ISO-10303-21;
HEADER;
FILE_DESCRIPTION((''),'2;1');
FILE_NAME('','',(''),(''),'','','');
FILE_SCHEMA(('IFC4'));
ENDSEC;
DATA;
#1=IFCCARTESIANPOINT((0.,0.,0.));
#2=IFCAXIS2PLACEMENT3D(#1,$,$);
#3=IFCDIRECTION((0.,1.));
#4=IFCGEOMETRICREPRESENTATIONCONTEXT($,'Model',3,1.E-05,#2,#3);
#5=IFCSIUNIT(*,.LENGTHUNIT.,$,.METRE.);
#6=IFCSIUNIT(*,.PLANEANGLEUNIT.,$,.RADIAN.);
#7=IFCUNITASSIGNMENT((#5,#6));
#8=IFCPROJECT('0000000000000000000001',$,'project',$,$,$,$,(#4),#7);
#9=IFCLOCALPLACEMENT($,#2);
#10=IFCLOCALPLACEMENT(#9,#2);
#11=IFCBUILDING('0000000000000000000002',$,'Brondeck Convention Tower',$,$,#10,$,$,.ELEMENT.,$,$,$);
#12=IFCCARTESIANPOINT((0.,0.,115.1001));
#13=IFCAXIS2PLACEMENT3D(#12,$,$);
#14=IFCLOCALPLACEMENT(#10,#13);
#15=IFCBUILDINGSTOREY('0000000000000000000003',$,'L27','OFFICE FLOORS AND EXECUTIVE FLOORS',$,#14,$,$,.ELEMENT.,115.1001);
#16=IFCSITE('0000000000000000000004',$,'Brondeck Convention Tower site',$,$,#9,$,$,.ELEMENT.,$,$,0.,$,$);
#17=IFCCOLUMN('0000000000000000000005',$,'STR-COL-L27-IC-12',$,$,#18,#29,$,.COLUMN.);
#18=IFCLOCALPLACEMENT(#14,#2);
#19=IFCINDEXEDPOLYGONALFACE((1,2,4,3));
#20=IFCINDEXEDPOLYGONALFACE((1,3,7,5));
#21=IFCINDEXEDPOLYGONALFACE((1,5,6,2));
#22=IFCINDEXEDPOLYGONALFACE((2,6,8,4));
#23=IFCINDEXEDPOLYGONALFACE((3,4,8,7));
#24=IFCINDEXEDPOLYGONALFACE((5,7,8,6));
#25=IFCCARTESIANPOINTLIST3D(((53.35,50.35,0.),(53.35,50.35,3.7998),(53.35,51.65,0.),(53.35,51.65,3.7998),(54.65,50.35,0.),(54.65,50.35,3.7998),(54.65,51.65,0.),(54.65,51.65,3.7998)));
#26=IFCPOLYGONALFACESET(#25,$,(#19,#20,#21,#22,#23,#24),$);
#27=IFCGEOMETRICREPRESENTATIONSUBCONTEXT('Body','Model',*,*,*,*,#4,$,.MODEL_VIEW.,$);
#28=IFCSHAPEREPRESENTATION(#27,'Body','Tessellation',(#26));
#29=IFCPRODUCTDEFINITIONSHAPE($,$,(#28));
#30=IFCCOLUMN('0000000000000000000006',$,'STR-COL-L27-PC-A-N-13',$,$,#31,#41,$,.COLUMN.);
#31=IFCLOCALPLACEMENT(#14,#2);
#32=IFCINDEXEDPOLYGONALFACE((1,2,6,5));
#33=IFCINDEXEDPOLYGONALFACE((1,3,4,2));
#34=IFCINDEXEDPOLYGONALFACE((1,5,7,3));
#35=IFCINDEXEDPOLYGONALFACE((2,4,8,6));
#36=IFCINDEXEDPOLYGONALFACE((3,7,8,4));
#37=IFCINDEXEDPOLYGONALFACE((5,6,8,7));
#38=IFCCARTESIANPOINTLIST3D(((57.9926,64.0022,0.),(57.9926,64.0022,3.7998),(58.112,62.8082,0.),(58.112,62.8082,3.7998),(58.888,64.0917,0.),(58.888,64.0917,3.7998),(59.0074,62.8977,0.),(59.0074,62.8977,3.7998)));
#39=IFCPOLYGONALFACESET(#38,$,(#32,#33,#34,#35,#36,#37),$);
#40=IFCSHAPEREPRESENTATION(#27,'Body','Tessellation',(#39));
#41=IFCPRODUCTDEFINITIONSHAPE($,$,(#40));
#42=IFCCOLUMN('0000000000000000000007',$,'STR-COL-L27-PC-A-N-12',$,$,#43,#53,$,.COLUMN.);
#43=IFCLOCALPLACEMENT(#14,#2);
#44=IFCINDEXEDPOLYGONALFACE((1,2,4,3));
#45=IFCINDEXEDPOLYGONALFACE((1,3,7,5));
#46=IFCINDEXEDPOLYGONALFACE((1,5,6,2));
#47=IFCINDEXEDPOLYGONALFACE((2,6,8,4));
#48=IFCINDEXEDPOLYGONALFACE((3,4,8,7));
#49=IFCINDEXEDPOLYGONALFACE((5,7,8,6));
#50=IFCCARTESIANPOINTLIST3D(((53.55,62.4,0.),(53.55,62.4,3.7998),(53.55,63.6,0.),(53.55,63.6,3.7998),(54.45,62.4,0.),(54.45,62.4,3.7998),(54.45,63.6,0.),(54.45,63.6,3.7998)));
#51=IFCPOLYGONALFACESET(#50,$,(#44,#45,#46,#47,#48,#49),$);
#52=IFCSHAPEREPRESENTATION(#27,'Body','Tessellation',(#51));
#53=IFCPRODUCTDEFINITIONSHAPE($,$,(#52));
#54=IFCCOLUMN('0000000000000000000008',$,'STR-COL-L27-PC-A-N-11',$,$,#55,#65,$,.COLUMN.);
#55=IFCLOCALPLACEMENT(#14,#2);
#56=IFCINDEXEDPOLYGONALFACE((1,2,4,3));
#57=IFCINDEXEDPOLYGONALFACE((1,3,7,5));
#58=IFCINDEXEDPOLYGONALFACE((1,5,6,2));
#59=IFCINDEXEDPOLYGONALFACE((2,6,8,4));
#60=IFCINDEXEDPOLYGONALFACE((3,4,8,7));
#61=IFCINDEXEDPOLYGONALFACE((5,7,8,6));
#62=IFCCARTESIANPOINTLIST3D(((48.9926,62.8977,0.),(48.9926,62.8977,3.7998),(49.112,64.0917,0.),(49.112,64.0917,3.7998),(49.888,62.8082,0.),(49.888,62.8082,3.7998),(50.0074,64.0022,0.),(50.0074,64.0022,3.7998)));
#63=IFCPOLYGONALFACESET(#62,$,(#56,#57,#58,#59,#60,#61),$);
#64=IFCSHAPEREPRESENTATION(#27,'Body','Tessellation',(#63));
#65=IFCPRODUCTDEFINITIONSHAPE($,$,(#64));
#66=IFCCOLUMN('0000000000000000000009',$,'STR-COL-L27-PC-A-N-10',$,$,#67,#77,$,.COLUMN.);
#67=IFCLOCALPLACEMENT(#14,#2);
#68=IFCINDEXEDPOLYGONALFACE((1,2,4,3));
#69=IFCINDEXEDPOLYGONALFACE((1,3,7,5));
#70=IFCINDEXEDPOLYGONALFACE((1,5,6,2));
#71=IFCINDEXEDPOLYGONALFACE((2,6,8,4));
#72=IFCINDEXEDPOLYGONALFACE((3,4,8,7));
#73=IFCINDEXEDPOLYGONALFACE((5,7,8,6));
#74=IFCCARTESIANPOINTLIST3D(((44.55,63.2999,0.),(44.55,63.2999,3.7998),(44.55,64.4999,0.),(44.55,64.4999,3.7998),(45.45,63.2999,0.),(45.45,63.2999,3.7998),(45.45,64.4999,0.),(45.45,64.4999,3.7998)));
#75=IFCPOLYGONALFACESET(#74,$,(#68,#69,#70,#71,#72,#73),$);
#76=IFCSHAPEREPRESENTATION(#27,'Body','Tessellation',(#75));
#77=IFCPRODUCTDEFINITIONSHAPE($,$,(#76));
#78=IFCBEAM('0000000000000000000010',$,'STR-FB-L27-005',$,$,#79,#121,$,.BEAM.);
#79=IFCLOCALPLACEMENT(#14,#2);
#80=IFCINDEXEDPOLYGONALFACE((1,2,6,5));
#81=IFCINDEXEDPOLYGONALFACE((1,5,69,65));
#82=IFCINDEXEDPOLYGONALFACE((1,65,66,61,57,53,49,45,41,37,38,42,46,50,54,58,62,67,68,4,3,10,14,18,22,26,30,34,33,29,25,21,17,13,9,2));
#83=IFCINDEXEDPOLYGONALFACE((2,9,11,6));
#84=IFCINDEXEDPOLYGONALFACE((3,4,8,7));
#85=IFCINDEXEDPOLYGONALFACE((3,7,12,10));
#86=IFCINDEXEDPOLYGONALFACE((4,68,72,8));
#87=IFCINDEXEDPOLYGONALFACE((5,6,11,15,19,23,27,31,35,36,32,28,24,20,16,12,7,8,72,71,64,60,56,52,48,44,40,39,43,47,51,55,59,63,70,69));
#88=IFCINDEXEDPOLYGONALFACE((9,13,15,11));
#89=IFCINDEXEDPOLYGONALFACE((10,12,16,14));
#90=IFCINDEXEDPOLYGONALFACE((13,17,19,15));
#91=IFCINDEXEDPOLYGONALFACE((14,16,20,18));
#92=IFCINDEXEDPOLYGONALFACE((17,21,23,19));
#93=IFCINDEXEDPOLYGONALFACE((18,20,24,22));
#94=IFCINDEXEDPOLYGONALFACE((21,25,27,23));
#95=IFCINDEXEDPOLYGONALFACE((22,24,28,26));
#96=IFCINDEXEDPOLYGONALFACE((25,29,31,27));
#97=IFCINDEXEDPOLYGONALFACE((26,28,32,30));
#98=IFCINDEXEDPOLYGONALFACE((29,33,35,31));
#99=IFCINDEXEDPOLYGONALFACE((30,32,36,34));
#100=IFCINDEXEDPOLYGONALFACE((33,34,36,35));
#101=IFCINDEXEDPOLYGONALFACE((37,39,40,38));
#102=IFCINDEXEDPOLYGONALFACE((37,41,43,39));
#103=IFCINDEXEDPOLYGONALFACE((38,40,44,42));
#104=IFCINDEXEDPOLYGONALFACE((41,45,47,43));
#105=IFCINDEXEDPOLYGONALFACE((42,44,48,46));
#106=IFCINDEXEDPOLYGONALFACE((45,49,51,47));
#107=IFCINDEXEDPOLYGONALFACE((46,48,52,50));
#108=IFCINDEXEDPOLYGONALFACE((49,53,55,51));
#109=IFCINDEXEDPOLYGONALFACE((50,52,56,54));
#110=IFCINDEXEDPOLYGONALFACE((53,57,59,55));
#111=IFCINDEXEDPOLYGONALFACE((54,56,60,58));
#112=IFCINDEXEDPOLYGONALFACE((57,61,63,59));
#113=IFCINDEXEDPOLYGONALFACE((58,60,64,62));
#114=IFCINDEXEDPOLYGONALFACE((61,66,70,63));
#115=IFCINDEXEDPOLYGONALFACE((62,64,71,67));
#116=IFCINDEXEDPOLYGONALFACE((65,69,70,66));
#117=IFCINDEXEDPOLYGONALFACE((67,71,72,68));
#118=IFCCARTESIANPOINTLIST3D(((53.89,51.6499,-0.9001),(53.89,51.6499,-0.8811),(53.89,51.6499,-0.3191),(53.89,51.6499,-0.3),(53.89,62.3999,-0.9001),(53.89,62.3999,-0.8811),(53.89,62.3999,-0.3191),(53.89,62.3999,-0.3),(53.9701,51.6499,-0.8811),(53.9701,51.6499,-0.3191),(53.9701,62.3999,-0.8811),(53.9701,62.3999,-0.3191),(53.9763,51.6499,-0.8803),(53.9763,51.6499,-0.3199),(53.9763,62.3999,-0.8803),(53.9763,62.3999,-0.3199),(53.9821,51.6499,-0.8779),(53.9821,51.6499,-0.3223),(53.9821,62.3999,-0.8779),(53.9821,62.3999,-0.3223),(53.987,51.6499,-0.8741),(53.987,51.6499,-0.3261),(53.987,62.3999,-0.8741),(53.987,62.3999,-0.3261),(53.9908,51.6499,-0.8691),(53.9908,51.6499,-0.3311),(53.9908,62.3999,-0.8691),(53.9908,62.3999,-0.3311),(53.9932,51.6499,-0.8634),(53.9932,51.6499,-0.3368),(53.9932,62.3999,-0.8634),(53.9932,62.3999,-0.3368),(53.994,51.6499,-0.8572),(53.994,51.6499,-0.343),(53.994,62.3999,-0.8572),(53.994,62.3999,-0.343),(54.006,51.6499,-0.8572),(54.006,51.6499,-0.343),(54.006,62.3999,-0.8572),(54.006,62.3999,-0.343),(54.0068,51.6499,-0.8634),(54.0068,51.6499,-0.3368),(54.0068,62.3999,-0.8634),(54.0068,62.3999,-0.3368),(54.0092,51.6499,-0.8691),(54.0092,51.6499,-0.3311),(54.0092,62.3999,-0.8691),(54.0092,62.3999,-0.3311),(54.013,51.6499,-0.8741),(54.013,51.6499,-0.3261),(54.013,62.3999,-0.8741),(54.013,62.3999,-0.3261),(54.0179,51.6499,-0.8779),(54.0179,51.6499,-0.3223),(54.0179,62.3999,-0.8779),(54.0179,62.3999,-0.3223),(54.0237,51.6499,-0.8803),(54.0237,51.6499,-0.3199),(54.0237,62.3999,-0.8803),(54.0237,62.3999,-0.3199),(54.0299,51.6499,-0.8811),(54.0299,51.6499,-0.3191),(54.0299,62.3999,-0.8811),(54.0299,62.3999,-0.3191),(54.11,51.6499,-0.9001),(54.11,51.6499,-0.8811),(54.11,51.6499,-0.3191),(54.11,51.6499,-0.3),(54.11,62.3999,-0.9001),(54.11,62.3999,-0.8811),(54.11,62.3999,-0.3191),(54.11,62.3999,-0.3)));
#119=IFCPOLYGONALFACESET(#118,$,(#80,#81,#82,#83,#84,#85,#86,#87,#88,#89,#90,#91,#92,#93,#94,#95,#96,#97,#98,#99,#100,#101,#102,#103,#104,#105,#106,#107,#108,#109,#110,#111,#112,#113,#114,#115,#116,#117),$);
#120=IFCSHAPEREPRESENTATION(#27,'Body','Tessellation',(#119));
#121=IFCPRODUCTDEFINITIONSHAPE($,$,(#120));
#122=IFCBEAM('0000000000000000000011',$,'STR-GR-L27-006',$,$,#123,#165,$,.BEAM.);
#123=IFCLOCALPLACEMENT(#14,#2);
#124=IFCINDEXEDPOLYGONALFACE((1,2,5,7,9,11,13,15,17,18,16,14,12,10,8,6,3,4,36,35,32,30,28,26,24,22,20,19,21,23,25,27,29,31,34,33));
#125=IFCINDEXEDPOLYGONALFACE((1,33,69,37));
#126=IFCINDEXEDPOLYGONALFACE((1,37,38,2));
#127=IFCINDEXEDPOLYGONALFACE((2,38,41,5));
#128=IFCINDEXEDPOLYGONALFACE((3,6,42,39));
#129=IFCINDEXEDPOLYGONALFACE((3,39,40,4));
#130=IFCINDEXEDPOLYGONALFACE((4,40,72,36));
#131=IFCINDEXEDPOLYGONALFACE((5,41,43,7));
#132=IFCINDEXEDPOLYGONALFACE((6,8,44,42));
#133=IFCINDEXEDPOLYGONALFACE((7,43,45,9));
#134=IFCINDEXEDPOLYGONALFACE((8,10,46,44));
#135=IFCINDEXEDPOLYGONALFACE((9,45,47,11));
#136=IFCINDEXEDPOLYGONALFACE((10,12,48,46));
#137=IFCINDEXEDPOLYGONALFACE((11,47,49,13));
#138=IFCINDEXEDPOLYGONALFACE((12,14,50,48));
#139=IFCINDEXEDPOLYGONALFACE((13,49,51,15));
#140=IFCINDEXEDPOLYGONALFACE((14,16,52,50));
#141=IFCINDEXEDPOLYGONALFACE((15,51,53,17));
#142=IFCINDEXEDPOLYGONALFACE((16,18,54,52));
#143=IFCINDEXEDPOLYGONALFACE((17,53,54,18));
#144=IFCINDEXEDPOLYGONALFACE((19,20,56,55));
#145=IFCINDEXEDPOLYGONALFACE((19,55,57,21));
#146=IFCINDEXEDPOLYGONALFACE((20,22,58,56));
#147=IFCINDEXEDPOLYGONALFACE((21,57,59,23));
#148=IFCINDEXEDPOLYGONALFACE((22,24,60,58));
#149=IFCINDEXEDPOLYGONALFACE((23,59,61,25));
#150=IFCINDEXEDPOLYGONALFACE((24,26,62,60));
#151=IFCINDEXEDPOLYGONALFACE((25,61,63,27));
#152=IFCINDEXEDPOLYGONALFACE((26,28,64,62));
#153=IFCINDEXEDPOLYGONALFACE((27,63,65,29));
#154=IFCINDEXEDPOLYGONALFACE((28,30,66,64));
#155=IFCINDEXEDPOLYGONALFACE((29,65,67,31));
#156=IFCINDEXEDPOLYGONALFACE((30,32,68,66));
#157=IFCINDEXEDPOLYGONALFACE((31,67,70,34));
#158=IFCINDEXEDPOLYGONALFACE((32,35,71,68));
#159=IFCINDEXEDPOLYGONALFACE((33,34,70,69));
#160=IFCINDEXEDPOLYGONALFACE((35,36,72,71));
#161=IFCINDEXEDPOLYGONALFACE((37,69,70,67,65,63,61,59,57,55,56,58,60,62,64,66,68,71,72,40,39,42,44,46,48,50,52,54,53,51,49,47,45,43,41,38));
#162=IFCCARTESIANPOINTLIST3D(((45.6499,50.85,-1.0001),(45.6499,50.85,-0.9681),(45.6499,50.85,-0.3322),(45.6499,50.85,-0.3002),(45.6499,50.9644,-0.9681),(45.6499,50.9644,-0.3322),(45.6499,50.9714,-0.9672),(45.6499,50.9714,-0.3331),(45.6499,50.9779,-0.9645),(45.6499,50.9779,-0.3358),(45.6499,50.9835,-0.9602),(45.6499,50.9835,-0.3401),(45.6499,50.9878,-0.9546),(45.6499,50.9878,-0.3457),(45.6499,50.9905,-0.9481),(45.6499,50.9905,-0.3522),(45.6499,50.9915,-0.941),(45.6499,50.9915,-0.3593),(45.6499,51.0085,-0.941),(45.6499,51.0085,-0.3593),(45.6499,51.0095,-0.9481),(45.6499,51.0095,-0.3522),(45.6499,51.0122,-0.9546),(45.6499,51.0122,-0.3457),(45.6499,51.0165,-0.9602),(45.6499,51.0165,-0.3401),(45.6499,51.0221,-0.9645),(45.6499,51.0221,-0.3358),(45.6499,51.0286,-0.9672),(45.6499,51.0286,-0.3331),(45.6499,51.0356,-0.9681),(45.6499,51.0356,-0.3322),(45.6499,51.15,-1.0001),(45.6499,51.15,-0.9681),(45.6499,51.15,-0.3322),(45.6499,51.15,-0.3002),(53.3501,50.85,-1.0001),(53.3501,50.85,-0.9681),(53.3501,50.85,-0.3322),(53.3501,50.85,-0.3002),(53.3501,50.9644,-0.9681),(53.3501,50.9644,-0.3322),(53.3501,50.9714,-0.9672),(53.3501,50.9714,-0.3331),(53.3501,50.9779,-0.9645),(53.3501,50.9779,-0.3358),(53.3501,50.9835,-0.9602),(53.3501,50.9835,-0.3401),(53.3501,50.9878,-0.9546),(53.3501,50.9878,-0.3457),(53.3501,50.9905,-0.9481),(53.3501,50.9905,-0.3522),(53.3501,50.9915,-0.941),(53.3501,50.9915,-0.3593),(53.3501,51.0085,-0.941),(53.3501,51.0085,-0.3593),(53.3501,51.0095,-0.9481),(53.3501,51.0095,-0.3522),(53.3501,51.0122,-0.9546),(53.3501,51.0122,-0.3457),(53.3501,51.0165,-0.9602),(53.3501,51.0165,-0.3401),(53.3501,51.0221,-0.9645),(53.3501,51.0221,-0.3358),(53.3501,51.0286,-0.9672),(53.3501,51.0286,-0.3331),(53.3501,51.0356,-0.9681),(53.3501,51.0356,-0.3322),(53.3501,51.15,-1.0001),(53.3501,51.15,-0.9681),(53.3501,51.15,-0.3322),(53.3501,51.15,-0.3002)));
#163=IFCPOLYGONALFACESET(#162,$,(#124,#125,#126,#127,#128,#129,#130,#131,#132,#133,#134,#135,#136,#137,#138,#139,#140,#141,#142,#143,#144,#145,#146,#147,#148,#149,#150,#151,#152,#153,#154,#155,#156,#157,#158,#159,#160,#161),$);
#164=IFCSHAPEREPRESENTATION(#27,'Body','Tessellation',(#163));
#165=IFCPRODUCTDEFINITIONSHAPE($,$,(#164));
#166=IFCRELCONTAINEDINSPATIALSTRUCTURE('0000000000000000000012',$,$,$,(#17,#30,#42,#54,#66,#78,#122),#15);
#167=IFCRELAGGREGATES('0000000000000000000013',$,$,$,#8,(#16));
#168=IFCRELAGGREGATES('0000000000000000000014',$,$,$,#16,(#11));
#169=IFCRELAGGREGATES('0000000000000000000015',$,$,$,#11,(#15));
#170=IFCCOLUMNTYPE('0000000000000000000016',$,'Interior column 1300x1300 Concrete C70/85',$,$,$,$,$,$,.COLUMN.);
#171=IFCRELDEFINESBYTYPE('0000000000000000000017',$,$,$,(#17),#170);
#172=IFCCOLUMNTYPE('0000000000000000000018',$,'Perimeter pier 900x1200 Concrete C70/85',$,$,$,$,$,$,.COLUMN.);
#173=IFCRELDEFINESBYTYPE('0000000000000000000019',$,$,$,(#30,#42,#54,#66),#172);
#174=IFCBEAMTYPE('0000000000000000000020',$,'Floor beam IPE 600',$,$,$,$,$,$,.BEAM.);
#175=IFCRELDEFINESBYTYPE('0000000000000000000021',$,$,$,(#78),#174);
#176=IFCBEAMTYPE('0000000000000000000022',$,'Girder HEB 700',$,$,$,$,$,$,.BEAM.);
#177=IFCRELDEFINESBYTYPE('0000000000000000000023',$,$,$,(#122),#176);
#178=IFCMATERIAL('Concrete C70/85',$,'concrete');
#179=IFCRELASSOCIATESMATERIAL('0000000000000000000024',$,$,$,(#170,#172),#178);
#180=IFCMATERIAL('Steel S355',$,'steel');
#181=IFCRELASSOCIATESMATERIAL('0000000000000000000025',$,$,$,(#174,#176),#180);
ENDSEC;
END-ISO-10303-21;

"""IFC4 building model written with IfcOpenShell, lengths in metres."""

from ifc_helpers import new_model, si_unit, direction, frame, origin, origin_2d, place, context, subcontext, project, spatial, rectangle, i_section, extrude, material, material_profile, profile_set, type_object, element, save


model = new_model("IFC4")

# Units and contexts
model_context = context("Model", 3, precision=1e-05, world=origin(), true_north=direction((0.0, 1.0)))
body_context = subcontext(model_context, "Body", "Model", "MODEL_VIEW")
ifc_project = project(units=[si_unit("LENGTHUNIT", "METRE"), si_unit("PLANEANGLEUNIT", "RADIAN")], contexts=[model_context])

# Site, building, storey
site_placement = place(None, origin())
site = spatial("IfcSite", under=ifc_project, at=site_placement, Name="Brondeck Convention Tower site", CompositionType="ELEMENT", RefElevation=0.0)
building_placement = place(site_placement, origin())
building = spatial("IfcBuilding", under=site, at=building_placement, Name="Brondeck Convention Tower", CompositionType="ELEMENT")
storey_placement = place(building_placement, frame((0.0, 0.0, 115.1001)))
storey = spatial("IfcBuildingStorey", under=building, at=storey_placement, Name="L27", Description="OFFICE FLOORS AND EXECUTIVE FLOORS", CompositionType="ELEMENT", Elevation=115.1001)

# Columns
ifc_material_1 = material(Name="Concrete C70/85", Category="concrete")
ifc_material_profile_1 = material_profile(ifc_material_1, rectangle(XDim=1.3, YDim=1.3, at=origin_2d()), Name="Interior column 1300x1300 Concrete C70/85")
ifc_profile_set_1 = profile_set([ifc_material_profile_1], Name="Concrete C70/85")
column_type_1 = type_object("IfcColumnType", Name="Interior column 1300x1300 Concrete C70/85", PredefinedType="COLUMN", material=ifc_profile_set_1)
column_placement = place(storey_placement, frame((54.0, 51.0, 0.0), z_axis=(0.0, 0.0, 1.0), x_axis=(1.0, 0.0, 0.0)))
element("IfcColumn", 1, at=column_placement, inside=storey, type_object=column_type_1, Name="STR-COL-L27-IC-12", PredefinedType="COLUMN", context=body_context, shape_type="SweptSolid", body=[
    extrude(rectangle(XDim=1.3, YDim=1.3, at=origin_2d()), origin(), (0.0, 0.0, 1.0), 3.7998),
])
ifc_material_profile_2 = material_profile(ifc_material_1, rectangle(XDim=0.8999, YDim=1.2, at=origin_2d()), Name="Perimeter pier 900x1200 Concrete C70/85")
ifc_profile_set_2 = profile_set([ifc_material_profile_2], Name="Concrete C70/85")
column_type_2 = type_object("IfcColumnType", Name="Perimeter pier 900x1200 Concrete C70/85", PredefinedType="COLUMN", material=ifc_profile_set_2)
for number, where, z_axis, x_axis, name in (
    (2, (58.5, 63.45, 0.0), (0.0, 0.0, 1.0), (-0.995037, -0.099504, 0.0), "STR-COL-L27-PC-A-N-13"),
    (3, (54.0, 63.0, 0.0), (0.0, 0.0, 1.0), (-1.0, 0.0, 0.0), "STR-COL-L27-PC-A-N-12"),
    (4, (49.5, 63.45, 0.0), (0.0, 0.0, 1.0), (-0.995037, 0.099504, 0.0), "STR-COL-L27-PC-A-N-11"),
    (5, (45.0, 63.8999, 0.0), (0.0, 0.0, 1.0), (-1.0, 0.0, 0.0), "STR-COL-L27-PC-A-N-10"),
):
    element("IfcColumn", number, at=place(storey_placement, frame(where, z_axis=z_axis, x_axis=x_axis)), inside=storey, type_object=column_type_2, Name=name, PredefinedType="COLUMN", context=body_context, shape_type="SweptSolid", body=[
        extrude(rectangle(XDim=0.8999, YDim=1.2, at=origin_2d()), origin(), (0.0, 0.0, 1.0), 3.7998),
    ])

# Beams
ifc_material_2 = material(Name="Steel S355", Category="steel")
ifc_material_profile_3 = material_profile(ifc_material_2, i_section(OverallWidth=0.22, OverallDepth=0.6001, WebThickness=0.012, FlangeThickness=0.019, FilletRadius=0.0239, at=origin_2d()), Name="IPE 600")
ifc_profile_set_3 = profile_set([ifc_material_profile_3], Name="Steel S355")
beam_type_1 = type_object("IfcBeamType", Name="Floor beam IPE 600", PredefinedType="BEAM", material=ifc_profile_set_3)
beam_placement = place(storey_placement, frame((54.0, 51.6499, -0.6001), z_axis=(0.0, 1.0, 0.0), x_axis=(-1.0, 0.0, 0.0)))
element("IfcBeam", 6, at=beam_placement, inside=storey, type_object=beam_type_1, Name="STR-FB-L27-005", PredefinedType="BEAM", context=body_context, shape_type="SweptSolid", body=[
    extrude(i_section(OverallWidth=0.22, OverallDepth=0.6001, WebThickness=0.012, FlangeThickness=0.019, FilletRadius=0.0239, at=origin_2d()), origin(), (0.0, 0.0, 1.0), 10.75),
])
ifc_material_profile_4 = material_profile(ifc_material_2, i_section(OverallWidth=0.3, OverallDepth=0.7, WebThickness=0.0171, FlangeThickness=0.032, FilletRadius=0.0271, at=origin_2d()), Name="HEB 700")
ifc_profile_set_4 = profile_set([ifc_material_profile_4], Name="Steel S355")
beam_type_2 = type_object("IfcBeamType", Name="Girder HEB 700", PredefinedType="BEAM", material=ifc_profile_set_4)
for number, where, z_axis, x_axis, name in (
    (7, (45.6499, 51.0, -0.6501), (1.0, 0.0, 0.0), (0.0, 1.0, 0.0), "STR-GR-L27-006"),
):
    element("IfcBeam", number, at=place(storey_placement, frame(where, z_axis=z_axis, x_axis=x_axis)), inside=storey, type_object=beam_type_2, Name=name, PredefinedType="BEAM", context=body_context, shape_type="SweptSolid", body=[
        extrude(i_section(OverallWidth=0.3, OverallDepth=0.7, WebThickness=0.0171, FlangeThickness=0.032, FilletRadius=0.0271, at=origin_2d()), origin(), (0.0, 0.0, 1.0), 7.7002),
    ])

save(model, "model.ifc")
